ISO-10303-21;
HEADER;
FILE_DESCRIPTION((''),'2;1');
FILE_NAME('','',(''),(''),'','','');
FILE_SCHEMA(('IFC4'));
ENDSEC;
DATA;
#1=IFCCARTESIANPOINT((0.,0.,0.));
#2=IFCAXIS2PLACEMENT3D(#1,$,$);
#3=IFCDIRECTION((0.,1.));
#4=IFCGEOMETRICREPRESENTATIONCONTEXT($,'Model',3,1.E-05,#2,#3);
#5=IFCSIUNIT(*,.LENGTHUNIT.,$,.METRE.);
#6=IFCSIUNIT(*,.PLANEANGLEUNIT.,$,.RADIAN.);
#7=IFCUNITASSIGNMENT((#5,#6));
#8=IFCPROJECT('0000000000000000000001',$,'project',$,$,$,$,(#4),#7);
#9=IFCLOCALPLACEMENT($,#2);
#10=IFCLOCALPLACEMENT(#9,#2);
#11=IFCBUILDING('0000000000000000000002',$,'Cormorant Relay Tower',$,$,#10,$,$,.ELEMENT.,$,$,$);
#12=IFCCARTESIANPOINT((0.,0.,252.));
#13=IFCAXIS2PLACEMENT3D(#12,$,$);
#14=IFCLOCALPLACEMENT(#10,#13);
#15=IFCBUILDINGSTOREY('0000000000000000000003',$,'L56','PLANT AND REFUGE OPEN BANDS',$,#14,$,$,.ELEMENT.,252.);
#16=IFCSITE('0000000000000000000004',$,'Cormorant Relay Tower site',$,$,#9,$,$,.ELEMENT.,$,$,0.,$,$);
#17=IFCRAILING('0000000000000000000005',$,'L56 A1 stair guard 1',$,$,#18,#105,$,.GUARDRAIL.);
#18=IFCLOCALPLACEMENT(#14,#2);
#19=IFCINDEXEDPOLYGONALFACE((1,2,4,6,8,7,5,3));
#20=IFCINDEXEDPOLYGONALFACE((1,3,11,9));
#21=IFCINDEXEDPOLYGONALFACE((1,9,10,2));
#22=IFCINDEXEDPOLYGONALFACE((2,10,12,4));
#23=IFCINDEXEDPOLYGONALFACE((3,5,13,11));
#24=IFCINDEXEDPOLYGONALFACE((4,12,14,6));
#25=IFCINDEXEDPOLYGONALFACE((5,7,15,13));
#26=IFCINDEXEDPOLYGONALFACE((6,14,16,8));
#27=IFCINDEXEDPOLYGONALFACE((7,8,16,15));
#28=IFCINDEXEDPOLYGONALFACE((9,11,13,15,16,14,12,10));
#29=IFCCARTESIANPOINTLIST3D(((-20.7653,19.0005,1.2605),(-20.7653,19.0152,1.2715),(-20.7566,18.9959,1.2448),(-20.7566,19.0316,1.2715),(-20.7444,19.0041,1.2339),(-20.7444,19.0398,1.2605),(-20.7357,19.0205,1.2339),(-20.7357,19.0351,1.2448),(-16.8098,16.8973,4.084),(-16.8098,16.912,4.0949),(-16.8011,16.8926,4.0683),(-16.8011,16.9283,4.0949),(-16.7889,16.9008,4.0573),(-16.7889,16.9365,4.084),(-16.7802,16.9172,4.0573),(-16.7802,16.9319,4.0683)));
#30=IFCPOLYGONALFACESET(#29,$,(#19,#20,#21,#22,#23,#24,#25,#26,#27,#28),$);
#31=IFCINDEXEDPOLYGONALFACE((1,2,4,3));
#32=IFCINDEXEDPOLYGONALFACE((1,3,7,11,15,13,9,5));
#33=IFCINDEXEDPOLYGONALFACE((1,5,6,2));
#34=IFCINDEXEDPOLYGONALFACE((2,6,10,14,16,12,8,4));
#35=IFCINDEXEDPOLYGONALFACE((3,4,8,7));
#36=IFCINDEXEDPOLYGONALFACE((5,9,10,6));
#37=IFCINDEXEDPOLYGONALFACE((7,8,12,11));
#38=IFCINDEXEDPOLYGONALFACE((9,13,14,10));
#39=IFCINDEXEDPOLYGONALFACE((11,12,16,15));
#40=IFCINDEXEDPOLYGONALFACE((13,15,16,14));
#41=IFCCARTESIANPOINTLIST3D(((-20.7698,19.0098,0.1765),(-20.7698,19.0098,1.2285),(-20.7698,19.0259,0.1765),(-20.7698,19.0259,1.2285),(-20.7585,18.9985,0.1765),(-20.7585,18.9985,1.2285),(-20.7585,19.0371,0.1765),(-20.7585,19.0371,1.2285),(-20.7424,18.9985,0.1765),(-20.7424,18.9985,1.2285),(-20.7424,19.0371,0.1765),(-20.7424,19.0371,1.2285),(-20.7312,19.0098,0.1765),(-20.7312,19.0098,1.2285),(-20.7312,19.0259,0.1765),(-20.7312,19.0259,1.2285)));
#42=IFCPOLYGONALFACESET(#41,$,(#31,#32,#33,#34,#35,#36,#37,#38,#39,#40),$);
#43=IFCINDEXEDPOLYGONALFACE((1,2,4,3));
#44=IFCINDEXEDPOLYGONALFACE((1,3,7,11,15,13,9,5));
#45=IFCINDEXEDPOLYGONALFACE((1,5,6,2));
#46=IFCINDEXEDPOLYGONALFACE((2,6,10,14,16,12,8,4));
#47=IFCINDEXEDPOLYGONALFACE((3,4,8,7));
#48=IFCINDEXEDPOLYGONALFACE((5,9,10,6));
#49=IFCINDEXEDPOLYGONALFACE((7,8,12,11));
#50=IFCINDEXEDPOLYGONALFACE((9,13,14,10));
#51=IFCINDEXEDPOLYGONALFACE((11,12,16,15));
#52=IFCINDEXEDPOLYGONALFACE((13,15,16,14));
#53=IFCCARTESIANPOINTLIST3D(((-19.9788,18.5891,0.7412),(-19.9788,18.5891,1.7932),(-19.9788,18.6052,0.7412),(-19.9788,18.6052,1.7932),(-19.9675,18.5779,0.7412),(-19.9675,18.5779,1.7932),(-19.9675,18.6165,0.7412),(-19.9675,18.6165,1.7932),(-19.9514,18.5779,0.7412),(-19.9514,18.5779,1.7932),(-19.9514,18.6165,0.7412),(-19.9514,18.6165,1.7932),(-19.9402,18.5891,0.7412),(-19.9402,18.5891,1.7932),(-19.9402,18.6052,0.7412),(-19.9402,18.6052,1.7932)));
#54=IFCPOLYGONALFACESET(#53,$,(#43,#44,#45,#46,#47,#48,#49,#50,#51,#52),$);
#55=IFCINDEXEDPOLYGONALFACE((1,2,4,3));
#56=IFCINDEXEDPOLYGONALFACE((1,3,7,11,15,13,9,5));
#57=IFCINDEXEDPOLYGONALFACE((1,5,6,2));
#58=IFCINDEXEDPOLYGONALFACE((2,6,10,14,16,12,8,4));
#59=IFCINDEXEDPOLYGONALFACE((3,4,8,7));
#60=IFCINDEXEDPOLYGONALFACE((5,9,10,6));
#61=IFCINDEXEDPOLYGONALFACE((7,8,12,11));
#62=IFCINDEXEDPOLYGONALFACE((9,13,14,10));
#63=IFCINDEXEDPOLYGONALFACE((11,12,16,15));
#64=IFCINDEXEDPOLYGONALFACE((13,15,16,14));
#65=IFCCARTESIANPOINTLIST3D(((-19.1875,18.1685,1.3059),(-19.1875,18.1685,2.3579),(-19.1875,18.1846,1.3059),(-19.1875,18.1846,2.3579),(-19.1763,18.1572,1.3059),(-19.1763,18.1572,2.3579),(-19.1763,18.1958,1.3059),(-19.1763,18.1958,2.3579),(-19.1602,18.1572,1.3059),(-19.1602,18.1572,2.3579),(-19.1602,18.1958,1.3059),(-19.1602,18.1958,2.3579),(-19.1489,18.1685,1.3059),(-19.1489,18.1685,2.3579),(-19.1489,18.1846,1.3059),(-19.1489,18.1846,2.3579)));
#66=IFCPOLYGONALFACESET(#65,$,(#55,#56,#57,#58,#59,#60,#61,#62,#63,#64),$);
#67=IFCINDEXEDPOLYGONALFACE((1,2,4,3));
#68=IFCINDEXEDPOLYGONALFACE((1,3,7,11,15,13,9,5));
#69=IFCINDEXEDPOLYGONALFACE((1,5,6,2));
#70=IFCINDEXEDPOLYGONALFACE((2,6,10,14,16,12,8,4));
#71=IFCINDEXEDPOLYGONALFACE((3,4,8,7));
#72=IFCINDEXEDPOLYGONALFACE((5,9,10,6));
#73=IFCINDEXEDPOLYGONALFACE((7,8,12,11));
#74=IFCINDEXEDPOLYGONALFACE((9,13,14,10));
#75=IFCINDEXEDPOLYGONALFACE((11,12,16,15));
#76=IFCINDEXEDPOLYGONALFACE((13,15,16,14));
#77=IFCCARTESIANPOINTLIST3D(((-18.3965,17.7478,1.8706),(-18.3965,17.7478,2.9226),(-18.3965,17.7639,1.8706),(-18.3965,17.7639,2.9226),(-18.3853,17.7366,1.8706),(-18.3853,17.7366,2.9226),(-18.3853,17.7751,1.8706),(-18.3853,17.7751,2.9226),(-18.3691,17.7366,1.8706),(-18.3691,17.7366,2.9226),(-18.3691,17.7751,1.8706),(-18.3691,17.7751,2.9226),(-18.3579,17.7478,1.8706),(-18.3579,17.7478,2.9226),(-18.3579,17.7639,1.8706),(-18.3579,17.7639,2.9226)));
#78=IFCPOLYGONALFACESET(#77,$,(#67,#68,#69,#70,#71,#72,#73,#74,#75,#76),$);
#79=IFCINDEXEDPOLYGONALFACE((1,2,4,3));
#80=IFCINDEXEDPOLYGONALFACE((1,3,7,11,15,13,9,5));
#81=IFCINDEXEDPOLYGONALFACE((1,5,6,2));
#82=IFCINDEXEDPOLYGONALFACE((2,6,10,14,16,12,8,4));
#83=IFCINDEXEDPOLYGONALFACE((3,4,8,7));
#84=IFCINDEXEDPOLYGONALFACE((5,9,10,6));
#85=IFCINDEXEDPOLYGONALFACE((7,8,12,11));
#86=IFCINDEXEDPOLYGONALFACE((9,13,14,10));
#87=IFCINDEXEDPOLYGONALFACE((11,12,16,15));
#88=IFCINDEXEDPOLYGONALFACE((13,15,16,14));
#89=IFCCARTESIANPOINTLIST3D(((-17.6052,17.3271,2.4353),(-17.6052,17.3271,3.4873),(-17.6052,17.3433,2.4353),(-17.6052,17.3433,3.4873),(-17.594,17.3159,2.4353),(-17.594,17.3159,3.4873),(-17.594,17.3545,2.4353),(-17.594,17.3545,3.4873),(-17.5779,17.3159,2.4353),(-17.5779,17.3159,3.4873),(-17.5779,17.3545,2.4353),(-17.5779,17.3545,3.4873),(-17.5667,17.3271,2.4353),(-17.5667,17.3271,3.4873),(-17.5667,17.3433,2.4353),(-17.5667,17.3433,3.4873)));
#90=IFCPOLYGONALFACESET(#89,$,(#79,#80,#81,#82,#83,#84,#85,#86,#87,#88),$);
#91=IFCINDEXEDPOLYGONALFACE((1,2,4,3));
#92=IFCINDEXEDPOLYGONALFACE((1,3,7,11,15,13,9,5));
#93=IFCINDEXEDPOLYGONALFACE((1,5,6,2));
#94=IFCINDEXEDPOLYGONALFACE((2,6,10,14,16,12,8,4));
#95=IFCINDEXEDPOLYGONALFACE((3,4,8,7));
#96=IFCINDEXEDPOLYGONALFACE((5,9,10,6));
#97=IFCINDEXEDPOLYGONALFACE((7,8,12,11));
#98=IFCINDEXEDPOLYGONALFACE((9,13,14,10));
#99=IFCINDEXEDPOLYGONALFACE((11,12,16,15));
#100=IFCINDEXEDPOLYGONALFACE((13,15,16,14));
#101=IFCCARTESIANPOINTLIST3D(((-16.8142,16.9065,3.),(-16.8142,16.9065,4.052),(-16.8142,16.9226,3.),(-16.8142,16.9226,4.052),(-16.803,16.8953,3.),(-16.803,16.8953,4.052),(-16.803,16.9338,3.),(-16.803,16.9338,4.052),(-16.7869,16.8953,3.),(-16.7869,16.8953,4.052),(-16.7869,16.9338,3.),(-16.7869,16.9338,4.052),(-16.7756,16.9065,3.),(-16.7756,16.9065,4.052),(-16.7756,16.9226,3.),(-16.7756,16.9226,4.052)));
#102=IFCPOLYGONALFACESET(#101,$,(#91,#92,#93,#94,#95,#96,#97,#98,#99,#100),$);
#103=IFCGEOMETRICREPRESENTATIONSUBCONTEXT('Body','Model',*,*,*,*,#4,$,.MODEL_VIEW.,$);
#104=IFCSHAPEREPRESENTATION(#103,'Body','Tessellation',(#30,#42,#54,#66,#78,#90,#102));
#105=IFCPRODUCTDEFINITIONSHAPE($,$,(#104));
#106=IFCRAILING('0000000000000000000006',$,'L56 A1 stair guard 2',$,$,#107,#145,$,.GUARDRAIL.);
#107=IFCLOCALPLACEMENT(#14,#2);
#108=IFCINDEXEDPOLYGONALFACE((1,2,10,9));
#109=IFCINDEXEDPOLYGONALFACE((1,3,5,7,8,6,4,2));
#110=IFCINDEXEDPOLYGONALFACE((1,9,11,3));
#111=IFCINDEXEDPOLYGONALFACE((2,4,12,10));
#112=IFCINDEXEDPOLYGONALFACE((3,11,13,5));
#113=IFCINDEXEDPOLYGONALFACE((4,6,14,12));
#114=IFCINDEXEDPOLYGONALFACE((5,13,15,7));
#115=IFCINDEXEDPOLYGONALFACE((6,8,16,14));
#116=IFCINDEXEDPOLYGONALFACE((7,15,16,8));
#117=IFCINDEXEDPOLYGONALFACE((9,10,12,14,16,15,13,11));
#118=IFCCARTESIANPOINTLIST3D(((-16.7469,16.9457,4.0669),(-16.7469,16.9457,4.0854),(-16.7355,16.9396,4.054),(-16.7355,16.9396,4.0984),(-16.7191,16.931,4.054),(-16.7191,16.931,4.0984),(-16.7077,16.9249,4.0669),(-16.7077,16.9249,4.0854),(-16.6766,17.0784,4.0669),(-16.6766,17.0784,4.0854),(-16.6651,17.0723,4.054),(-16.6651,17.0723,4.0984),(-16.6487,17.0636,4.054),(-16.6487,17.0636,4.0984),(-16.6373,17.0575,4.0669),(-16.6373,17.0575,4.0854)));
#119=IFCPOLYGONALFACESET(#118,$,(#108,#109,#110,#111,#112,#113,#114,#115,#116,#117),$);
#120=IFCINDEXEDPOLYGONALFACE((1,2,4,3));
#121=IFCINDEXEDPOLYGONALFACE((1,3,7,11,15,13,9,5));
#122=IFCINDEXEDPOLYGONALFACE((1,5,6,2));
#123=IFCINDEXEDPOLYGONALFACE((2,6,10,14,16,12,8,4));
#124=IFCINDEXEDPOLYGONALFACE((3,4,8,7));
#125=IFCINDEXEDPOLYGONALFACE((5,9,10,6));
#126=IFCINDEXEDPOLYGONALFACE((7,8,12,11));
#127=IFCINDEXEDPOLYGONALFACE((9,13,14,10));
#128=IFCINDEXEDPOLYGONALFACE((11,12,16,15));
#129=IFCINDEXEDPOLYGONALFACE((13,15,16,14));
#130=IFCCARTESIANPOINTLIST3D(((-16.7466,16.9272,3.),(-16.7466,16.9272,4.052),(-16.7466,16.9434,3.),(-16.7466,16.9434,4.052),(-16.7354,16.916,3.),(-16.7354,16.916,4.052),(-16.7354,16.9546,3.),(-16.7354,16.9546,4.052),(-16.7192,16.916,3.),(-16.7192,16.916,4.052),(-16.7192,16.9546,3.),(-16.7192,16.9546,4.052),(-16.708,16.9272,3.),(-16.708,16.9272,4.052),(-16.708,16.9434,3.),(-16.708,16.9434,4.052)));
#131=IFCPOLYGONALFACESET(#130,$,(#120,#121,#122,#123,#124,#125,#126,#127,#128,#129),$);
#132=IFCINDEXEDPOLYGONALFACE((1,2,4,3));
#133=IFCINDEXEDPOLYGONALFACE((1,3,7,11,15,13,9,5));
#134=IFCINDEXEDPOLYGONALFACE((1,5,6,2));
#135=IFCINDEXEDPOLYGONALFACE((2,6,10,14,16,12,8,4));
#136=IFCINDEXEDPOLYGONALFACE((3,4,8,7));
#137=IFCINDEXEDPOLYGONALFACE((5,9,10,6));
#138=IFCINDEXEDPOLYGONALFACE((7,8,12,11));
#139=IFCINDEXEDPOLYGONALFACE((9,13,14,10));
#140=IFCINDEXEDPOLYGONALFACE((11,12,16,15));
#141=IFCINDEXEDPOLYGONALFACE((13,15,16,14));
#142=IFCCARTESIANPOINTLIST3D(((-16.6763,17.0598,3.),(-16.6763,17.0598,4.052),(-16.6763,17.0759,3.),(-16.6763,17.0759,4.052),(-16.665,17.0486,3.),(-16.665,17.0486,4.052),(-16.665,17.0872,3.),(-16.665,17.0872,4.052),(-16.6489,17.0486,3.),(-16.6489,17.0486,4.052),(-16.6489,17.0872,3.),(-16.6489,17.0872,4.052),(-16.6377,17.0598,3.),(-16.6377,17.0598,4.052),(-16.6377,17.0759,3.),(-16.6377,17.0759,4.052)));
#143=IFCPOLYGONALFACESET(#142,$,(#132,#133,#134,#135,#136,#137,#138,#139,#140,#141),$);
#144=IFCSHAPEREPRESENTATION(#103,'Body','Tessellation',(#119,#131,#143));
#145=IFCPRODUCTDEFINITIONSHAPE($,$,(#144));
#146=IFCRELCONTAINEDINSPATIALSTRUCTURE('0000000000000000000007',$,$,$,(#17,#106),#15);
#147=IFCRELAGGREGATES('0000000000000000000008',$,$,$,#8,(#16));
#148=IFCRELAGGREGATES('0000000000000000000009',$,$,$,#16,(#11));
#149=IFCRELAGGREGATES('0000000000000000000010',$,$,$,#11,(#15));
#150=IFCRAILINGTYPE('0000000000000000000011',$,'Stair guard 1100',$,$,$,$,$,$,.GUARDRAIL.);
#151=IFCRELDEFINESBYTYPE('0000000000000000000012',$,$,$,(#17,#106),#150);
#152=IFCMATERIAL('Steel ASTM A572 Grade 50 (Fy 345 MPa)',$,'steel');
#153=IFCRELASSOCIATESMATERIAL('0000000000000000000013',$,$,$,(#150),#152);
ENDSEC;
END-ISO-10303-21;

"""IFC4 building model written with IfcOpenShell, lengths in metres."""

from ifc_helpers import new_model, si_unit, direction, frame, origin, place, context, subcontext, project, spatial, polyline, outline, extrude, material, type_object, element, save


model = new_model("IFC4")

# Units and contexts
model_context = context("Model", 3, precision=1e-05, world=origin(), true_north=direction((0.0, 1.0)))
body_context = subcontext(model_context, "Body", "Model", "MODEL_VIEW")
ifc_project = project(units=[si_unit("LENGTHUNIT", "METRE"), si_unit("PLANEANGLEUNIT", "RADIAN")], contexts=[model_context])

# Site, building, storey
site_placement = place(None, origin())
site = spatial("IfcSite", under=ifc_project, at=site_placement, Name="Cormorant Relay Tower site", CompositionType="ELEMENT", RefElevation=0.0)
building_placement = place(site_placement, origin())
building = spatial("IfcBuilding", under=site, at=building_placement, Name="Cormorant Relay Tower", CompositionType="ELEMENT")
storey_placement = place(building_placement, frame((0.0, 0.0, 252.0)))
storey = spatial("IfcBuildingStorey", under=building, at=storey_placement, Name="L56", Description="PLANT AND REFUGE OPEN BANDS", CompositionType="ELEMENT", Elevation=252.0)

# Railings
ifc_material_1 = material(Name="Steel ASTM A572 Grade 50 (Fy 345 MPa)", Category="steel")
railing_type_1 = type_object("IfcRailingType", Name="Stair guard 1100", PredefinedType="GUARDRAIL", material=ifc_material_1)
railing_1_placement = place(storey_placement, frame((-20.7505, 19.0178, 0.1765)))
element("IfcRailing", 1, at=railing_1_placement, inside=storey, type_object=railing_type_1, Name="L56 A1 stair guard 1", PredefinedType="GUARDRAIL", context=body_context, shape_type="SweptSolid", body=[
    extrude(outline(polyline([(0.0222, 0.0093), (0.0093, 0.0222), (-0.0093, 0.0222), (-0.0222, 0.0093), (-0.0222, -0.0093), (-0.0093, -0.0222), (0.0093, -0.0222), (0.0222, -0.0093), (0.0222, 0.0093)])), frame((0.0, 0.0, 1.0762), z_axis=(0.746967, -0.397181, 0.533186), x_axis=(0.469482, 0.882942, 0.0)), (0.0, 0.0, 1.0), 5.2954),
    extrude(outline(polyline([(0.0193, 0.0081), (0.0081, 0.0193), (-0.0081, 0.0193), (-0.0193, 0.0081), (-0.0193, -0.0081), (-0.0081, -0.0193), (0.0081, -0.0193), (0.0193, -0.0081), (0.0193, 0.0081)])), origin(), (0.0, 0.0, 1.0), 1.052),
    extrude(outline(polyline([(0.0193, 0.0081), (0.0081, 0.0193), (-0.0081, 0.0193), (-0.0193, 0.0081), (-0.0193, -0.0081), (-0.0081, -0.0193), (0.0081, -0.0193), (0.0193, -0.0081), (0.0193, 0.0081)])), frame((0.791, -0.4207, 0.5647)), (0.0, 0.0, 1.0), 1.052),
    extrude(outline(polyline([(0.0193, 0.0081), (0.0081, 0.0193), (-0.0081, 0.0193), (-0.0193, 0.0081), (-0.0193, -0.0081), (-0.0081, -0.0193), (0.0081, -0.0193), (0.0193, -0.0081), (0.0193, 0.0081)])), frame((1.5823, -0.8413, 1.1294)), (0.0, 0.0, 1.0), 1.052),
    extrude(outline(polyline([(0.0193, 0.0081), (0.0081, 0.0193), (-0.0081, 0.0193), (-0.0193, 0.0081), (-0.0193, -0.0081), (-0.0081, -0.0193), (0.0081, -0.0193), (0.0193, -0.0081), (0.0193, 0.0081)])), frame((2.3733, -1.262, 1.6941)), (0.0, 0.0, 1.0), 1.052),
    extrude(outline(polyline([(0.0193, 0.0081), (0.0081, 0.0193), (-0.0081, 0.0193), (-0.0193, 0.0081), (-0.0193, -0.0081), (-0.0081, -0.0193), (0.0081, -0.0193), (0.0193, -0.0081), (0.0193, 0.0081)])), frame((3.1646, -1.6826, 2.2588)), (0.0, 0.0, 1.0), 1.052),
    extrude(outline(polyline([(0.0193, 0.0081), (0.0081, 0.0193), (-0.0081, 0.0193), (-0.0193, 0.0081), (-0.0193, -0.0081), (-0.0081, -0.0193), (0.0081, -0.0193), (0.0193, -0.0081), (0.0193, 0.0081)])), frame((3.9556, -2.1033, 2.8235)), (0.0, 0.0, 1.0), 1.052),
])
railing_2_placement = place(storey_placement, frame((-16.7273, 16.9353, 3.0)))
element("IfcRailing", 2, at=railing_2_placement, inside=storey, type_object=railing_type_1, Name="L56 A1 stair guard 2", PredefinedType="GUARDRAIL", context=body_context, shape_type="SweptSolid", body=[
    extrude(outline(polyline([(0.0222, 0.0093), (0.0093, 0.0222), (-0.0093, 0.0222), (-0.0222, 0.0093), (-0.0222, -0.0093), (-0.0093, -0.0222), (0.0093, -0.0222), (0.0222, -0.0093), (0.0222, 0.0093)])), frame((0.0, 0.0, 1.0762), z_axis=(0.46856, 0.883431, 0.0), x_axis=(-0.883431, 0.46856, 0.0)), (0.0, 0.0, 1.0), 0.1501),
    extrude(outline(polyline([(0.0193, 0.0081), (0.0081, 0.0193), (-0.0081, 0.0193), (-0.0193, 0.0081), (-0.0193, -0.0081), (-0.0081, -0.0193), (0.0081, -0.0193), (0.0193, -0.0081), (0.0193, 0.0081)])), origin(), (0.0, 0.0, 1.0), 1.052),
    extrude(outline(polyline([(0.0193, 0.0081), (0.0081, 0.0193), (-0.0081, 0.0193), (-0.0193, 0.0081), (-0.0193, -0.0081), (-0.0081, -0.0193), (0.0081, -0.0193), (0.0193, -0.0081), (0.0193, 0.0081)])), frame((0.0703, 0.1326, 0.0)), (0.0, 0.0, 1.0), 1.052),
])

save(model, "model.ifc")
